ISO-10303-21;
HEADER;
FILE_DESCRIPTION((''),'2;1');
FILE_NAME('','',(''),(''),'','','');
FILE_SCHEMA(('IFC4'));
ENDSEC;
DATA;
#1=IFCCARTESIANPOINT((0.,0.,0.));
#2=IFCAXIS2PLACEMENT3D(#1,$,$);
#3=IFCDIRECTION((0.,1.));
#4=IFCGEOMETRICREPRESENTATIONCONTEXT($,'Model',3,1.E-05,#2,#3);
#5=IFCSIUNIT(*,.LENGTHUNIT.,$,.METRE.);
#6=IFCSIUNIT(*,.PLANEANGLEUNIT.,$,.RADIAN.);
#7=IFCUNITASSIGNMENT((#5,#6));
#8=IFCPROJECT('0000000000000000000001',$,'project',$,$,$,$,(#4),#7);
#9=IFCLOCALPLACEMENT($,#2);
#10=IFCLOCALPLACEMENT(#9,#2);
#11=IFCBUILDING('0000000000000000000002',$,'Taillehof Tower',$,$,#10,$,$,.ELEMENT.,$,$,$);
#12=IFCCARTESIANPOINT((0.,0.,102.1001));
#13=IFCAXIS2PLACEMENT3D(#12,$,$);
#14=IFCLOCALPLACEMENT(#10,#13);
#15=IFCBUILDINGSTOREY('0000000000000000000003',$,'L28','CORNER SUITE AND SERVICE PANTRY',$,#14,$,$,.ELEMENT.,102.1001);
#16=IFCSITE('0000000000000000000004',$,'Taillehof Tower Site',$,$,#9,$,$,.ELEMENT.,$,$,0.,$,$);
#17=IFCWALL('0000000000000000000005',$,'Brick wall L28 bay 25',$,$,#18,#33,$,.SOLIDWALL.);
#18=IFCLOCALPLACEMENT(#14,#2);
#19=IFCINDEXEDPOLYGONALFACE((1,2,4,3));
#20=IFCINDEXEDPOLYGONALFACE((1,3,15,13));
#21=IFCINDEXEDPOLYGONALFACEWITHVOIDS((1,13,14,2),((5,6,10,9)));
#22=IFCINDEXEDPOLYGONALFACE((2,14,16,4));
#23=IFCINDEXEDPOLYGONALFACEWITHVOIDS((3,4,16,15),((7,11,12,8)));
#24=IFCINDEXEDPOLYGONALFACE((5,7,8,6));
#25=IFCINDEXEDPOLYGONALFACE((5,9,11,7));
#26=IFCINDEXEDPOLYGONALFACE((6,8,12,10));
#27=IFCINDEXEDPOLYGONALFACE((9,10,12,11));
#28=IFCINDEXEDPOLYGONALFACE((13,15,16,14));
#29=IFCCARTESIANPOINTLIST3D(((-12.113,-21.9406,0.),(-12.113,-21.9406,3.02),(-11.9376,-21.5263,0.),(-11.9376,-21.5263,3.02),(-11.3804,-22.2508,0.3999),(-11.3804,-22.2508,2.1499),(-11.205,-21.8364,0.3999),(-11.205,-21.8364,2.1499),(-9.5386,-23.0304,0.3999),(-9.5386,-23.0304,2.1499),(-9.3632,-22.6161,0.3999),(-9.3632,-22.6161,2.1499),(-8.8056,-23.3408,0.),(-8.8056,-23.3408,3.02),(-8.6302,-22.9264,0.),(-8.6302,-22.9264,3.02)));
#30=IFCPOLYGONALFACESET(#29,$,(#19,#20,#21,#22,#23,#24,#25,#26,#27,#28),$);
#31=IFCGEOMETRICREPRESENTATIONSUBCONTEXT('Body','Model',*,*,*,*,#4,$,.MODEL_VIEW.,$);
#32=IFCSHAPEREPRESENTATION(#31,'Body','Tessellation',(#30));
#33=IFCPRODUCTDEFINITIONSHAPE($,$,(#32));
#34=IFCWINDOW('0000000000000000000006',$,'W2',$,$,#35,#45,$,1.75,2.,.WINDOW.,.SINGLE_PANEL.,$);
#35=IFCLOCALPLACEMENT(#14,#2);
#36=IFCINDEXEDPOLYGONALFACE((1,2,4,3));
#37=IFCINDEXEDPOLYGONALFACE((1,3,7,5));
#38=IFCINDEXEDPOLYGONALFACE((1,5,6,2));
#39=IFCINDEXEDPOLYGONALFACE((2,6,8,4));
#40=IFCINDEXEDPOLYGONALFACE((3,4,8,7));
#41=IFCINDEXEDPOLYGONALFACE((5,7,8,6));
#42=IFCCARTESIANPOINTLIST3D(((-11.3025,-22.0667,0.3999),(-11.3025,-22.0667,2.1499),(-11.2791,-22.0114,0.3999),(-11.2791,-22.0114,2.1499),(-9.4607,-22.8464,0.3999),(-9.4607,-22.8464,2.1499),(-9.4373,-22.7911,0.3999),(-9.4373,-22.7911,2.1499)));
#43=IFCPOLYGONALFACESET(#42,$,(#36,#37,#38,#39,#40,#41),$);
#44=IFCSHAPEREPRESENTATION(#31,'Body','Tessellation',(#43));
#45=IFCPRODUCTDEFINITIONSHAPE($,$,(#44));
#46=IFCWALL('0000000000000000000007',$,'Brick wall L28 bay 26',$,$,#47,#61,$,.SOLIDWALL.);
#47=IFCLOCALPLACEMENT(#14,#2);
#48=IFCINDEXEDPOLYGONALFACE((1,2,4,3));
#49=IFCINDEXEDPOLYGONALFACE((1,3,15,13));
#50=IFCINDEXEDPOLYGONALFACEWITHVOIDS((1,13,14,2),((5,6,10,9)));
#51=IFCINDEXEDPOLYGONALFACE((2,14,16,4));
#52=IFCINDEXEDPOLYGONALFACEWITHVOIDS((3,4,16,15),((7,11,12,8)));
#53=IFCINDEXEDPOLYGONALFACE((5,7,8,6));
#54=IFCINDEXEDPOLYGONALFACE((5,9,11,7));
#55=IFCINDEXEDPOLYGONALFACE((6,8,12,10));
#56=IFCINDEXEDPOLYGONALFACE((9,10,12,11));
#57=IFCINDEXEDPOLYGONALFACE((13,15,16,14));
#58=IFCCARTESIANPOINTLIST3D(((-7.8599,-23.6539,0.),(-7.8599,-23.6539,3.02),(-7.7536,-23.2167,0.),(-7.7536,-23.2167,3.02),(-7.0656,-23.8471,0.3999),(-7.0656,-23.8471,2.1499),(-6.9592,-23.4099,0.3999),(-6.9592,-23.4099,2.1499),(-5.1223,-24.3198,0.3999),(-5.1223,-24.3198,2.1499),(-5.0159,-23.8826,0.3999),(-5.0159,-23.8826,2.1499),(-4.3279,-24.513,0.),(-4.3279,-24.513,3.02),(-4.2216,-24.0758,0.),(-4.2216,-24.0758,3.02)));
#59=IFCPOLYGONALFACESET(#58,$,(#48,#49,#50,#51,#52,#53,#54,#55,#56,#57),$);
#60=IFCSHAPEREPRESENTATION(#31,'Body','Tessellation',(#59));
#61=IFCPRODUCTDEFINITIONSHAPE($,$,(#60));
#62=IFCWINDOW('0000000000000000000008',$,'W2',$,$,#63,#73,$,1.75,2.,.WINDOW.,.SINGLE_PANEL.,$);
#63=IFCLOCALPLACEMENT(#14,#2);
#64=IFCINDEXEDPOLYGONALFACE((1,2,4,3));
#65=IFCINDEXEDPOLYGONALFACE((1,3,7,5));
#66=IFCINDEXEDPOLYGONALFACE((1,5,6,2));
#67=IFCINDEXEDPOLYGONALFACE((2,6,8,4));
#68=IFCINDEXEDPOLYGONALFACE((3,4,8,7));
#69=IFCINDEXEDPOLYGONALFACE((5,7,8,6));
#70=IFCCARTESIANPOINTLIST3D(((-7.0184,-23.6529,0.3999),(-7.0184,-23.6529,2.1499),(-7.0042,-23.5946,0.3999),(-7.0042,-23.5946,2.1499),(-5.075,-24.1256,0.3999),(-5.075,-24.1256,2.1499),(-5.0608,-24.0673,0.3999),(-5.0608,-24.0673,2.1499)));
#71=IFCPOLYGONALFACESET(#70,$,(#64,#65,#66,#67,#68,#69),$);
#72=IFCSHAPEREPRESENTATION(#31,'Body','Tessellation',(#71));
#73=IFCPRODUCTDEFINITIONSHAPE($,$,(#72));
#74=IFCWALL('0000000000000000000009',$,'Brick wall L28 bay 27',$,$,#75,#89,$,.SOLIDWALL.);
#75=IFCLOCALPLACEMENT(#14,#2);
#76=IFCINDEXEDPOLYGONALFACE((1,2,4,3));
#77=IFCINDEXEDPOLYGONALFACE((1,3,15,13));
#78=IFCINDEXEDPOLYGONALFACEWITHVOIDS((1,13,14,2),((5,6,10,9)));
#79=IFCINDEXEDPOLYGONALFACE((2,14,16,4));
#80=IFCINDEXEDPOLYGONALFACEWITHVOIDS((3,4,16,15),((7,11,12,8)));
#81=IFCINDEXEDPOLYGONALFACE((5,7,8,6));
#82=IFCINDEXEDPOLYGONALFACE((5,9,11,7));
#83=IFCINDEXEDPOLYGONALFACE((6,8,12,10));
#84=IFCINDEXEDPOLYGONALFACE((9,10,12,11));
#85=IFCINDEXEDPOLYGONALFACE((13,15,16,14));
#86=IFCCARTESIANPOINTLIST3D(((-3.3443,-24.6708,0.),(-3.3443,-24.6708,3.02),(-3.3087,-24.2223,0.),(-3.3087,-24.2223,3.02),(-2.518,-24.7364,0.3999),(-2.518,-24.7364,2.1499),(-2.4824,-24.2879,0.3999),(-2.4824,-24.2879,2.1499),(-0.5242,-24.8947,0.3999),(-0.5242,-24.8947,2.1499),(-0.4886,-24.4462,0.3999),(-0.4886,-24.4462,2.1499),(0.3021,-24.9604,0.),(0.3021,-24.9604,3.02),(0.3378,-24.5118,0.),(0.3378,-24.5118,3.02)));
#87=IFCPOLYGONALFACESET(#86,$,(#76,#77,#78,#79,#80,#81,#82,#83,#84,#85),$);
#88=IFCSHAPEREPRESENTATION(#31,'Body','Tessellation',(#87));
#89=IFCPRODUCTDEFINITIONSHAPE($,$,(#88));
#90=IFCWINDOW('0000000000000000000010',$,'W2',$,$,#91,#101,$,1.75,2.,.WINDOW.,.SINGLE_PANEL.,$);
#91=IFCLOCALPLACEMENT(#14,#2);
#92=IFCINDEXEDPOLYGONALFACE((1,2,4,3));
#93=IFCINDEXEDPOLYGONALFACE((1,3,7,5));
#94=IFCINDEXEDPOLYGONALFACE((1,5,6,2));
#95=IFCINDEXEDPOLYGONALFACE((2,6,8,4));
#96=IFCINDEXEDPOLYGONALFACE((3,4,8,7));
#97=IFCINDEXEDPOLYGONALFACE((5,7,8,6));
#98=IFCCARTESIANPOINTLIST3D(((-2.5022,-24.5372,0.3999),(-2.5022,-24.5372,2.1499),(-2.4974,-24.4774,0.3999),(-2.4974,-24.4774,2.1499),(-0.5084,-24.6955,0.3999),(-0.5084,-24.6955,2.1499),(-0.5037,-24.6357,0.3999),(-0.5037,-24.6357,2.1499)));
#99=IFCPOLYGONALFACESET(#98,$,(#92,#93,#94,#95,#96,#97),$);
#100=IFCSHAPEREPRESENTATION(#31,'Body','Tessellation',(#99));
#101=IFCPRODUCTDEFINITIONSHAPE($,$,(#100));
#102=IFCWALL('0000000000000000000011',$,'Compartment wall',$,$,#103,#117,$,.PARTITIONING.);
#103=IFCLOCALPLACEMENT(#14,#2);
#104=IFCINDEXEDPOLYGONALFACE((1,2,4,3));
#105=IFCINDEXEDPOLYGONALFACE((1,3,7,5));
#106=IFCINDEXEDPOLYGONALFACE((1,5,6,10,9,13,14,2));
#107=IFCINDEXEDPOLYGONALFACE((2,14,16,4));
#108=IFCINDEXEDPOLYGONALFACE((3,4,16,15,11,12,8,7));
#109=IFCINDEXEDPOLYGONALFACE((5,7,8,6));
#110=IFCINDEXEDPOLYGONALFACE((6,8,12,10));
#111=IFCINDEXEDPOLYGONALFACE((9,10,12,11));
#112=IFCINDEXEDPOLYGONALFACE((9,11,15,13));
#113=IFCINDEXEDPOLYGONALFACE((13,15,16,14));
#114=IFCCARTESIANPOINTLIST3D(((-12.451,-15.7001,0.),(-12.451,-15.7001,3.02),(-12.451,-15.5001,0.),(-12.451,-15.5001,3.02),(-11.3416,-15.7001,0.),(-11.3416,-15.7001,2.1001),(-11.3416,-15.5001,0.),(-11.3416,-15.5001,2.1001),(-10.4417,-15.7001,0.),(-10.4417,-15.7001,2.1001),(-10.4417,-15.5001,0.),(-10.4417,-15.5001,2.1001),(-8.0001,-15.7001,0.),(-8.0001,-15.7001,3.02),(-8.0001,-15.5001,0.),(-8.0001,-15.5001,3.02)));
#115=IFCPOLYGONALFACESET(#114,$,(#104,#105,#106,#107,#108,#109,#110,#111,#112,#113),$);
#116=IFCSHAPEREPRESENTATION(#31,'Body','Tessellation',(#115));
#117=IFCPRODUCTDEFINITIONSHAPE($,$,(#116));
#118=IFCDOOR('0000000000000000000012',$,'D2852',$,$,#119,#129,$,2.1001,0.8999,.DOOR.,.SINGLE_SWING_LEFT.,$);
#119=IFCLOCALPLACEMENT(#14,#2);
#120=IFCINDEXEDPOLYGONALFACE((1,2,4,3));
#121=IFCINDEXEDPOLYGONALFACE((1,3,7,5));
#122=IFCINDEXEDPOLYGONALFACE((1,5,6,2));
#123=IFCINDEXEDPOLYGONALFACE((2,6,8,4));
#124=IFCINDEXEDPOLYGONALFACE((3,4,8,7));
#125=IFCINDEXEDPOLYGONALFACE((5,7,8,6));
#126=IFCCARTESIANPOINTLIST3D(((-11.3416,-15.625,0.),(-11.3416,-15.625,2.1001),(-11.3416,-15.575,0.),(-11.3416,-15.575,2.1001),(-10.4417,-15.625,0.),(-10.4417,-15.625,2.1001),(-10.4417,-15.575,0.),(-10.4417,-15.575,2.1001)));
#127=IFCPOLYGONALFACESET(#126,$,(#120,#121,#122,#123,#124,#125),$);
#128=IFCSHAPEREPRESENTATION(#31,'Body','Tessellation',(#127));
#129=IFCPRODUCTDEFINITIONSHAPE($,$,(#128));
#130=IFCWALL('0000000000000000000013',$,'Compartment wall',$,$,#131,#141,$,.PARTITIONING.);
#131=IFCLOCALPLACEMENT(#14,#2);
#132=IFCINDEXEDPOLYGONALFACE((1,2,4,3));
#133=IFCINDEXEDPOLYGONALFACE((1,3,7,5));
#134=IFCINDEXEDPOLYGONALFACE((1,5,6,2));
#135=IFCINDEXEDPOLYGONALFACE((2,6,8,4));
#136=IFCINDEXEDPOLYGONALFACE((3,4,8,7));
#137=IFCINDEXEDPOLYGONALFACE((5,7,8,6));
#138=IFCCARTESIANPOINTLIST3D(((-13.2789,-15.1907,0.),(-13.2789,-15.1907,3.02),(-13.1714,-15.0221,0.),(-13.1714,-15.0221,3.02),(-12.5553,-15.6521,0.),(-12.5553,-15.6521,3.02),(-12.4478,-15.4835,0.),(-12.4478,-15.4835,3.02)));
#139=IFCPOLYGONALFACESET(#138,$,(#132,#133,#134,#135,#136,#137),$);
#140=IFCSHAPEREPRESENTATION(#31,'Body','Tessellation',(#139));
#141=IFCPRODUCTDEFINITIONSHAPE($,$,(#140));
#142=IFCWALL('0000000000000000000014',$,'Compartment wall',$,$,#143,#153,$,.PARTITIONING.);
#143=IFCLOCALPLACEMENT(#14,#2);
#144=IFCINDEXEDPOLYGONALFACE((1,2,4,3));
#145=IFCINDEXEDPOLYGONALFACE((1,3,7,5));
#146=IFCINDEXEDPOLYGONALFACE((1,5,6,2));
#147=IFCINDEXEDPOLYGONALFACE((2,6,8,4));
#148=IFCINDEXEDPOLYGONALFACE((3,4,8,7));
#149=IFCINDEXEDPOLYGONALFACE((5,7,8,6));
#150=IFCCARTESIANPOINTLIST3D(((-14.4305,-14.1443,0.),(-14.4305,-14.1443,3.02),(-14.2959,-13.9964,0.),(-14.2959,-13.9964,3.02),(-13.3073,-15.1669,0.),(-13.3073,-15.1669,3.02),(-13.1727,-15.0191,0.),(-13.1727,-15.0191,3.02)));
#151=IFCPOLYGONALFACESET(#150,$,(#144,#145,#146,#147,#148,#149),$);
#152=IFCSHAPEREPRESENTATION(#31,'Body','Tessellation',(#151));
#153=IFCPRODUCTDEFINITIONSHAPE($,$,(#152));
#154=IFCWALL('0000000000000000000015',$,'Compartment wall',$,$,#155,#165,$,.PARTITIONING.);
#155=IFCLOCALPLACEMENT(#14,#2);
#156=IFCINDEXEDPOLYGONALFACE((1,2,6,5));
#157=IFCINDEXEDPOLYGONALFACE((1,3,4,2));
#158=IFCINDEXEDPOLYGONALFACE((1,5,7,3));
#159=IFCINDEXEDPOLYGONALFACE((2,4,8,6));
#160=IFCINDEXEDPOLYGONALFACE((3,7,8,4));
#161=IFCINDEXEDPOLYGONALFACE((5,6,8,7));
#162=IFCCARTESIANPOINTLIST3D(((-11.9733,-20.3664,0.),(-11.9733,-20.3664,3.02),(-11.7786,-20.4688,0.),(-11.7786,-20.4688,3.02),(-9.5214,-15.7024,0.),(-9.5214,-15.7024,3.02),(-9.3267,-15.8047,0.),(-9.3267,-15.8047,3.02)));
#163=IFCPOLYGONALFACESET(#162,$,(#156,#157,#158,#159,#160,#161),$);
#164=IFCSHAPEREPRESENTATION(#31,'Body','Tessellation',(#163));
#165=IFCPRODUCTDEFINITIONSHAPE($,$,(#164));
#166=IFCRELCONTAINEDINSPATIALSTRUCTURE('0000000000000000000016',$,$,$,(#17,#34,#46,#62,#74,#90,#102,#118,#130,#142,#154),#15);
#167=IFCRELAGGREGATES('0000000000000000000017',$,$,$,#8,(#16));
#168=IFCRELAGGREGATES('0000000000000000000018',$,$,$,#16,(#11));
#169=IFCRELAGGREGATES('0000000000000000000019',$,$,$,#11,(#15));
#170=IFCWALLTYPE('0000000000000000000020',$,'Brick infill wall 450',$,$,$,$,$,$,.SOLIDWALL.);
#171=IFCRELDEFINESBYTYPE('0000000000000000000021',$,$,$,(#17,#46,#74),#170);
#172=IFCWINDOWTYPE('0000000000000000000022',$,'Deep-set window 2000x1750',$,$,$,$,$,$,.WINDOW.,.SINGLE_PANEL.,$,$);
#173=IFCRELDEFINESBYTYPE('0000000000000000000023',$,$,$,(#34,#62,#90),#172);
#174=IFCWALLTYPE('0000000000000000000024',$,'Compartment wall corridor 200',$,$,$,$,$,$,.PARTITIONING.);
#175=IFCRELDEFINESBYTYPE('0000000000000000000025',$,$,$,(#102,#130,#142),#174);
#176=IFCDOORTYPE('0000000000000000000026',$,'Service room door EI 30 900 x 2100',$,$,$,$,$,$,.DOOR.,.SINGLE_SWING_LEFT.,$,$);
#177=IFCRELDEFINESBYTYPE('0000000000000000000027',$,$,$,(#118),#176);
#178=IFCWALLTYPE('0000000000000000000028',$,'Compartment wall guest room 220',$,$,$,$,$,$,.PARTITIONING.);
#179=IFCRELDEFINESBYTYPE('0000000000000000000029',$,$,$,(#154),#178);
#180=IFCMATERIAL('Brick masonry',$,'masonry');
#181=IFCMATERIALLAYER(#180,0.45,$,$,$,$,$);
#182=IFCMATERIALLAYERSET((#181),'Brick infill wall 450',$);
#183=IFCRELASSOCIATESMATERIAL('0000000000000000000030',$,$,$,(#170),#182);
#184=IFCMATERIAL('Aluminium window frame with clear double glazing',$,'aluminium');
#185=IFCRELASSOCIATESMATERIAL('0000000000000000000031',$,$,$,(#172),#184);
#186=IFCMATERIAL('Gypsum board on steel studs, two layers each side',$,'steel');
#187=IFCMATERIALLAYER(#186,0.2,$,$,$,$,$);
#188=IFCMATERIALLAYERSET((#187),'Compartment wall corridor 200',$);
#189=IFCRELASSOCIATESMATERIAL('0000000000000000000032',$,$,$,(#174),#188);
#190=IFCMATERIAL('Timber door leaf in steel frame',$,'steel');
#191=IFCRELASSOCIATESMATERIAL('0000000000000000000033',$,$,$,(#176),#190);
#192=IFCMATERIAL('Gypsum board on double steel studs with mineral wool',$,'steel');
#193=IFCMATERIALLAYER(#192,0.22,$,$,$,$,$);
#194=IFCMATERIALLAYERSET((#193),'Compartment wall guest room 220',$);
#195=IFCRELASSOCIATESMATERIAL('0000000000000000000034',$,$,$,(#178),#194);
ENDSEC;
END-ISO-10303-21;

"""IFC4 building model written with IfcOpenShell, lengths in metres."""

from ifc_helpers import new_model, si_unit, direction, frame, frame_2d, origin, place, context, subcontext, project, spatial, rectangle, extrude, material, layer, layer_set, type_object, element, fill, save


model = new_model("IFC4")

# Units and contexts
model_context = context("Model", 3, precision=1e-05, world=origin(), true_north=direction((0.0, 1.0)))
body_context = subcontext(model_context, "Body", "Model", "MODEL_VIEW")
ifc_project = project(units=[si_unit("LENGTHUNIT", "METRE"), si_unit("PLANEANGLEUNIT", "RADIAN")], contexts=[model_context])

# Site, building, storey
site_placement = place(None, origin())
site = spatial("IfcSite", under=ifc_project, at=site_placement, Name="Taillehof Tower Site", CompositionType="ELEMENT", RefElevation=0.0)
building_placement = place(site_placement, origin())
building = spatial("IfcBuilding", under=site, at=building_placement, Name="Taillehof Tower", CompositionType="ELEMENT")
storey_placement = place(building_placement, frame((0.0, 0.0, 102.1001)))
storey = spatial("IfcBuildingStorey", under=building, at=storey_placement, Name="L28", Description="CORNER SUITE AND SERVICE PANTRY", CompositionType="ELEMENT", Elevation=102.1001)

# Walls, openings, windows
ifc_material_1 = material(Name="Brick masonry", Category="masonry")
ifc_layer_1 = layer(ifc_material_1, 0.45)
ifc_layer_set_1 = layer_set([ifc_layer_1], Name="Brick infill wall 450")
wall_type_1 = type_object("IfcWallType", Name="Brick infill wall 450", PredefinedType="SOLIDWALL", material=ifc_layer_set_1)
wall_1_placement = place(storey_placement, frame((-12.0254, -21.7334, 0.0), z_axis=(0.0, 0.0, 1.0), x_axis=(0.92088, -0.389846, 0.0)))
wall_1 = element("IfcWall", 1, at=wall_1_placement, inside=storey, type_object=wall_type_1, Name="Brick wall L28 bay 25", PredefinedType="SOLIDWALL", context=body_context, shape_type="SweptSolid", body=[
    extrude(rectangle(XDim=3.5916, YDim=0.45, at=frame_2d((1.7959, 0.0))), origin(), (0.0, 0.0, 1.0), 3.02),
])
opening_1_placement = place(wall_1_placement, frame((0.7957, 0.0, 0.3999)))
opening_1 = element("IfcOpeningElement", 2, at=opening_1_placement, cuts=wall_1, PredefinedType="OPENING", context=body_context, shape_type="SweptSolid", body=[
    extrude(rectangle(XDim=2.0, YDim=1.75, at=frame_2d((1.0, 0.875))), frame((0.0, 0.2349, 0.0), z_axis=(0.0, -1.0, 0.0), x_axis=(1.0, 0.0, 0.0)), (0.0, 0.0, 1.0), 0.47),
])
ifc_material_2 = material(Name="Aluminium window frame with clear double glazing", Category="aluminium")
window_type = type_object("IfcWindowType", Name="Deep-set window 2000x1750", PartitioningType="SINGLE_PANEL", PredefinedType="WINDOW", material=ifc_material_2)
window_1_placement = place(opening_1_placement, origin())
window_1 = element("IfcWindow", 3, at=window_1_placement, inside=storey, type_object=window_type, Name="W2", OverallHeight=1.75, OverallWidth=2.0, PartitioningType="SINGLE_PANEL", PredefinedType="WINDOW", context=body_context, shape_type="SweptSolid", body=[
    extrude(rectangle(XDim=2.0, YDim=1.75, at=frame_2d((1.0, 0.875))), frame((0.0, 0.0349, 0.0), z_axis=(0.0, -1.0, 0.0), x_axis=(1.0, 0.0, 0.0)), (0.0, 0.0, 1.0), 0.0601),
])
fill(opening_1, window_1)
wall_2_placement = place(storey_placement, frame((-7.8066, -23.4353, 0.0), z_axis=(0.0, 0.0, 1.0), x_axis=(0.971668, -0.236352, 0.0)))
wall_2 = element("IfcWall", 4, at=wall_2_placement, inside=storey, type_object=wall_type_1, Name="Brick wall L28 bay 26", PredefinedType="SOLIDWALL", context=body_context, shape_type="SweptSolid", body=[
    extrude(rectangle(XDim=3.635, YDim=0.45, at=frame_2d((1.8174, 0.0))), origin(), (0.0, 0.0, 1.0), 3.02),
])
opening_2_placement = place(wall_2_placement, frame((0.8174, 0.0, 0.3999)))
opening_2 = element("IfcOpeningElement", 5, at=opening_2_placement, cuts=wall_2, PredefinedType="OPENING", context=body_context, shape_type="SweptSolid", body=[
    extrude(rectangle(XDim=2.0, YDim=1.75, at=frame_2d((1.0, 0.875))), frame((0.0, 0.2349, 0.0), z_axis=(0.0, -1.0, 0.0), x_axis=(1.0, 0.0, 0.0)), (0.0, 0.0, 1.0), 0.47),
])
window_2_placement = place(opening_2_placement, origin())
window_2 = element("IfcWindow", 6, at=window_2_placement, inside=storey, type_object=window_type, Name="W2", OverallHeight=1.75, OverallWidth=2.0, PartitioningType="SINGLE_PANEL", PredefinedType="WINDOW", context=body_context, shape_type="SweptSolid", body=[
    extrude(rectangle(XDim=2.0, YDim=1.75, at=frame_2d((1.0, 0.875))), frame((0.0, 0.0349, 0.0), z_axis=(0.0, -1.0, 0.0), x_axis=(1.0, 0.0, 0.0)), (0.0, 0.0, 1.0), 0.0601),
])
fill(opening_2, window_2)
wall_3_placement = place(storey_placement, frame((-3.3267, -24.4465, 0.0), z_axis=(0.0, 0.0, 1.0), x_axis=(0.996862, -0.079156, 0.0)))
wall_3 = element("IfcWall", 7, at=wall_3_placement, inside=storey, type_object=wall_type_1, Name="Brick wall L28 bay 27", PredefinedType="SOLIDWALL", context=body_context, shape_type="SweptSolid", body=[
    extrude(rectangle(XDim=3.658, YDim=0.45, at=frame_2d((1.8291, 0.0))), origin(), (0.0, 0.0, 1.0), 3.02),
])
opening_3_placement = place(wall_3_placement, frame((0.8291, 0.0, 0.3999)))
opening_3 = element("IfcOpeningElement", 8, at=opening_3_placement, cuts=wall_3, PredefinedType="OPENING", context=body_context, shape_type="SweptSolid", body=[
    extrude(rectangle(XDim=2.0, YDim=1.75, at=frame_2d((1.0, 0.875))), frame((0.0, 0.2349, 0.0), z_axis=(0.0, -1.0, 0.0), x_axis=(1.0, 0.0, 0.0)), (0.0, 0.0, 1.0), 0.47),
])
window_3_placement = place(opening_3_placement, origin())
window_3 = element("IfcWindow", 9, at=window_3_placement, inside=storey, type_object=window_type, Name="W2", OverallHeight=1.75, OverallWidth=2.0, PartitioningType="SINGLE_PANEL", PredefinedType="WINDOW", context=body_context, shape_type="SweptSolid", body=[
    extrude(rectangle(XDim=2.0, YDim=1.75, at=frame_2d((1.0, 0.875))), frame((0.0, 0.0349, 0.0), z_axis=(0.0, -1.0, 0.0), x_axis=(1.0, 0.0, 0.0)), (0.0, 0.0, 1.0), 0.0601),
])
fill(opening_3, window_3)

# Wall, opening, door
ifc_material_3 = material(Name="Gypsum board on steel studs, two layers each side", Category="steel")
ifc_layer_2 = layer(ifc_material_3, 0.2)
ifc_layer_set_2 = layer_set([ifc_layer_2], Name="Compartment wall corridor 200")
wall_type_2 = type_object("IfcWallType", Name="Compartment wall corridor 200", PredefinedType="PARTITIONING", material=ifc_layer_set_2)
wall_4_placement = place(storey_placement, frame((-8.0, -15.6001, 0.0), z_axis=(0.0, 0.0, 1.0), x_axis=(-1.0, 0.0, 0.0)))
wall_4 = element("IfcWall", 10, at=wall_4_placement, inside=storey, type_object=wall_type_2, Name="Compartment wall", PredefinedType="PARTITIONING", context=body_context, shape_type="SweptSolid", body=[
    extrude(rectangle(XDim=4.4509, YDim=0.2, at=frame_2d((2.2256, 0.0))), origin(), (0.0, 0.0, 1.0), 3.02),
])
opening_4_placement = place(wall_4_placement, frame((2.4417, 0.0, 0.0)))
opening_4 = element("IfcOpeningElement", 11, at=opening_4_placement, cuts=wall_4, PredefinedType="OPENING", context=body_context, shape_type="SweptSolid", body=[
    extrude(rectangle(XDim=0.8999, YDim=2.1001, at=frame_2d((0.45, 1.05))), frame((0.0, 0.1099, 0.0), z_axis=(0.0, -1.0, 0.0), x_axis=(1.0, 0.0, 0.0)), (0.0, 0.0, 1.0), 0.22),
])
ifc_material_4 = material(Name="Timber door leaf in steel frame", Category="steel")
door_type_1 = type_object("IfcDoorType", Name="Service room door EI 30 900 x 2100", OperationType="SINGLE_SWING_LEFT", PredefinedType="DOOR", material=ifc_material_4)
door_1_placement = place(opening_4_placement, origin())
door_1 = element("IfcDoor", 12, at=door_1_placement, inside=storey, type_object=door_type_1, Name="D2852", OperationType="SINGLE_SWING_LEFT", OverallHeight=2.1001, OverallWidth=0.8999, PredefinedType="DOOR", context=body_context, shape_type="SweptSolid", body=[
    extrude(rectangle(XDim=0.8999, YDim=2.1001, at=frame_2d((0.45, 1.05))), frame((0.0, 0.0249, 0.0), z_axis=(0.0, -1.0, 0.0), x_axis=(1.0, 0.0, 0.0)), (0.0, 0.0, 1.0), 0.05),
])
fill(opening_4, door_1)

# Walls
wall_5_placement = place(storey_placement, frame((-12.5015, -15.5679, 0.0), z_axis=(0.0, 0.0, 1.0), x_axis=(-0.843169, 0.537648, 0.0)))
element("IfcWall", 13, at=wall_5_placement, inside=storey, type_object=wall_type_2, Name="Compartment wall", PredefinedType="PARTITIONING", context=body_context, shape_type="SweptSolid", body=[
    extrude(rectangle(XDim=0.8582, YDim=0.2, at=frame_2d((0.4292, 0.0))), origin(), (0.0, 0.0, 1.0), 3.02),
])
wall_6_placement = place(storey_placement, frame((-13.24, -15.093, 0.0), z_axis=(0.0, 0.0, 1.0), x_axis=(-0.739438, 0.673225, 0.0)))
element("IfcWall", 14, at=wall_6_placement, inside=storey, type_object=wall_type_2, Name="Compartment wall", PredefinedType="PARTITIONING", context=body_context, shape_type="SweptSolid", body=[
    extrude(rectangle(XDim=1.519, YDim=0.2, at=frame_2d((0.7595, 0.0))), origin(), (0.0, 0.0, 1.0), 3.02),
])
ifc_material_5 = material(Name="Gypsum board on double steel studs with mineral wool", Category="steel")
ifc_layer_3 = layer(ifc_material_5, 0.22)
ifc_layer_set_3 = layer_set([ifc_layer_3], Name="Compartment wall guest room 220")
wall_type_3 = type_object("IfcWallType", Name="Compartment wall guest room 220", PredefinedType="PARTITIONING", material=ifc_layer_set_3)
wall_7_placement = place(storey_placement, frame((-11.876, -20.4177, 0.0), z_axis=(0.0, 0.0, 1.0), x_axis=(0.465321, 0.885142, 0.0)))
element("IfcWall", 15, at=wall_7_placement, inside=storey, type_object=wall_type_3, Name="Compartment wall", PredefinedType="PARTITIONING", context=body_context, shape_type="SweptSolid", body=[
    extrude(rectangle(XDim=5.2693, YDim=0.22, at=frame_2d((2.6348, 0.0))), origin(), (0.0, 0.0, 1.0), 3.02),
])

save(model, "model.ifc")
